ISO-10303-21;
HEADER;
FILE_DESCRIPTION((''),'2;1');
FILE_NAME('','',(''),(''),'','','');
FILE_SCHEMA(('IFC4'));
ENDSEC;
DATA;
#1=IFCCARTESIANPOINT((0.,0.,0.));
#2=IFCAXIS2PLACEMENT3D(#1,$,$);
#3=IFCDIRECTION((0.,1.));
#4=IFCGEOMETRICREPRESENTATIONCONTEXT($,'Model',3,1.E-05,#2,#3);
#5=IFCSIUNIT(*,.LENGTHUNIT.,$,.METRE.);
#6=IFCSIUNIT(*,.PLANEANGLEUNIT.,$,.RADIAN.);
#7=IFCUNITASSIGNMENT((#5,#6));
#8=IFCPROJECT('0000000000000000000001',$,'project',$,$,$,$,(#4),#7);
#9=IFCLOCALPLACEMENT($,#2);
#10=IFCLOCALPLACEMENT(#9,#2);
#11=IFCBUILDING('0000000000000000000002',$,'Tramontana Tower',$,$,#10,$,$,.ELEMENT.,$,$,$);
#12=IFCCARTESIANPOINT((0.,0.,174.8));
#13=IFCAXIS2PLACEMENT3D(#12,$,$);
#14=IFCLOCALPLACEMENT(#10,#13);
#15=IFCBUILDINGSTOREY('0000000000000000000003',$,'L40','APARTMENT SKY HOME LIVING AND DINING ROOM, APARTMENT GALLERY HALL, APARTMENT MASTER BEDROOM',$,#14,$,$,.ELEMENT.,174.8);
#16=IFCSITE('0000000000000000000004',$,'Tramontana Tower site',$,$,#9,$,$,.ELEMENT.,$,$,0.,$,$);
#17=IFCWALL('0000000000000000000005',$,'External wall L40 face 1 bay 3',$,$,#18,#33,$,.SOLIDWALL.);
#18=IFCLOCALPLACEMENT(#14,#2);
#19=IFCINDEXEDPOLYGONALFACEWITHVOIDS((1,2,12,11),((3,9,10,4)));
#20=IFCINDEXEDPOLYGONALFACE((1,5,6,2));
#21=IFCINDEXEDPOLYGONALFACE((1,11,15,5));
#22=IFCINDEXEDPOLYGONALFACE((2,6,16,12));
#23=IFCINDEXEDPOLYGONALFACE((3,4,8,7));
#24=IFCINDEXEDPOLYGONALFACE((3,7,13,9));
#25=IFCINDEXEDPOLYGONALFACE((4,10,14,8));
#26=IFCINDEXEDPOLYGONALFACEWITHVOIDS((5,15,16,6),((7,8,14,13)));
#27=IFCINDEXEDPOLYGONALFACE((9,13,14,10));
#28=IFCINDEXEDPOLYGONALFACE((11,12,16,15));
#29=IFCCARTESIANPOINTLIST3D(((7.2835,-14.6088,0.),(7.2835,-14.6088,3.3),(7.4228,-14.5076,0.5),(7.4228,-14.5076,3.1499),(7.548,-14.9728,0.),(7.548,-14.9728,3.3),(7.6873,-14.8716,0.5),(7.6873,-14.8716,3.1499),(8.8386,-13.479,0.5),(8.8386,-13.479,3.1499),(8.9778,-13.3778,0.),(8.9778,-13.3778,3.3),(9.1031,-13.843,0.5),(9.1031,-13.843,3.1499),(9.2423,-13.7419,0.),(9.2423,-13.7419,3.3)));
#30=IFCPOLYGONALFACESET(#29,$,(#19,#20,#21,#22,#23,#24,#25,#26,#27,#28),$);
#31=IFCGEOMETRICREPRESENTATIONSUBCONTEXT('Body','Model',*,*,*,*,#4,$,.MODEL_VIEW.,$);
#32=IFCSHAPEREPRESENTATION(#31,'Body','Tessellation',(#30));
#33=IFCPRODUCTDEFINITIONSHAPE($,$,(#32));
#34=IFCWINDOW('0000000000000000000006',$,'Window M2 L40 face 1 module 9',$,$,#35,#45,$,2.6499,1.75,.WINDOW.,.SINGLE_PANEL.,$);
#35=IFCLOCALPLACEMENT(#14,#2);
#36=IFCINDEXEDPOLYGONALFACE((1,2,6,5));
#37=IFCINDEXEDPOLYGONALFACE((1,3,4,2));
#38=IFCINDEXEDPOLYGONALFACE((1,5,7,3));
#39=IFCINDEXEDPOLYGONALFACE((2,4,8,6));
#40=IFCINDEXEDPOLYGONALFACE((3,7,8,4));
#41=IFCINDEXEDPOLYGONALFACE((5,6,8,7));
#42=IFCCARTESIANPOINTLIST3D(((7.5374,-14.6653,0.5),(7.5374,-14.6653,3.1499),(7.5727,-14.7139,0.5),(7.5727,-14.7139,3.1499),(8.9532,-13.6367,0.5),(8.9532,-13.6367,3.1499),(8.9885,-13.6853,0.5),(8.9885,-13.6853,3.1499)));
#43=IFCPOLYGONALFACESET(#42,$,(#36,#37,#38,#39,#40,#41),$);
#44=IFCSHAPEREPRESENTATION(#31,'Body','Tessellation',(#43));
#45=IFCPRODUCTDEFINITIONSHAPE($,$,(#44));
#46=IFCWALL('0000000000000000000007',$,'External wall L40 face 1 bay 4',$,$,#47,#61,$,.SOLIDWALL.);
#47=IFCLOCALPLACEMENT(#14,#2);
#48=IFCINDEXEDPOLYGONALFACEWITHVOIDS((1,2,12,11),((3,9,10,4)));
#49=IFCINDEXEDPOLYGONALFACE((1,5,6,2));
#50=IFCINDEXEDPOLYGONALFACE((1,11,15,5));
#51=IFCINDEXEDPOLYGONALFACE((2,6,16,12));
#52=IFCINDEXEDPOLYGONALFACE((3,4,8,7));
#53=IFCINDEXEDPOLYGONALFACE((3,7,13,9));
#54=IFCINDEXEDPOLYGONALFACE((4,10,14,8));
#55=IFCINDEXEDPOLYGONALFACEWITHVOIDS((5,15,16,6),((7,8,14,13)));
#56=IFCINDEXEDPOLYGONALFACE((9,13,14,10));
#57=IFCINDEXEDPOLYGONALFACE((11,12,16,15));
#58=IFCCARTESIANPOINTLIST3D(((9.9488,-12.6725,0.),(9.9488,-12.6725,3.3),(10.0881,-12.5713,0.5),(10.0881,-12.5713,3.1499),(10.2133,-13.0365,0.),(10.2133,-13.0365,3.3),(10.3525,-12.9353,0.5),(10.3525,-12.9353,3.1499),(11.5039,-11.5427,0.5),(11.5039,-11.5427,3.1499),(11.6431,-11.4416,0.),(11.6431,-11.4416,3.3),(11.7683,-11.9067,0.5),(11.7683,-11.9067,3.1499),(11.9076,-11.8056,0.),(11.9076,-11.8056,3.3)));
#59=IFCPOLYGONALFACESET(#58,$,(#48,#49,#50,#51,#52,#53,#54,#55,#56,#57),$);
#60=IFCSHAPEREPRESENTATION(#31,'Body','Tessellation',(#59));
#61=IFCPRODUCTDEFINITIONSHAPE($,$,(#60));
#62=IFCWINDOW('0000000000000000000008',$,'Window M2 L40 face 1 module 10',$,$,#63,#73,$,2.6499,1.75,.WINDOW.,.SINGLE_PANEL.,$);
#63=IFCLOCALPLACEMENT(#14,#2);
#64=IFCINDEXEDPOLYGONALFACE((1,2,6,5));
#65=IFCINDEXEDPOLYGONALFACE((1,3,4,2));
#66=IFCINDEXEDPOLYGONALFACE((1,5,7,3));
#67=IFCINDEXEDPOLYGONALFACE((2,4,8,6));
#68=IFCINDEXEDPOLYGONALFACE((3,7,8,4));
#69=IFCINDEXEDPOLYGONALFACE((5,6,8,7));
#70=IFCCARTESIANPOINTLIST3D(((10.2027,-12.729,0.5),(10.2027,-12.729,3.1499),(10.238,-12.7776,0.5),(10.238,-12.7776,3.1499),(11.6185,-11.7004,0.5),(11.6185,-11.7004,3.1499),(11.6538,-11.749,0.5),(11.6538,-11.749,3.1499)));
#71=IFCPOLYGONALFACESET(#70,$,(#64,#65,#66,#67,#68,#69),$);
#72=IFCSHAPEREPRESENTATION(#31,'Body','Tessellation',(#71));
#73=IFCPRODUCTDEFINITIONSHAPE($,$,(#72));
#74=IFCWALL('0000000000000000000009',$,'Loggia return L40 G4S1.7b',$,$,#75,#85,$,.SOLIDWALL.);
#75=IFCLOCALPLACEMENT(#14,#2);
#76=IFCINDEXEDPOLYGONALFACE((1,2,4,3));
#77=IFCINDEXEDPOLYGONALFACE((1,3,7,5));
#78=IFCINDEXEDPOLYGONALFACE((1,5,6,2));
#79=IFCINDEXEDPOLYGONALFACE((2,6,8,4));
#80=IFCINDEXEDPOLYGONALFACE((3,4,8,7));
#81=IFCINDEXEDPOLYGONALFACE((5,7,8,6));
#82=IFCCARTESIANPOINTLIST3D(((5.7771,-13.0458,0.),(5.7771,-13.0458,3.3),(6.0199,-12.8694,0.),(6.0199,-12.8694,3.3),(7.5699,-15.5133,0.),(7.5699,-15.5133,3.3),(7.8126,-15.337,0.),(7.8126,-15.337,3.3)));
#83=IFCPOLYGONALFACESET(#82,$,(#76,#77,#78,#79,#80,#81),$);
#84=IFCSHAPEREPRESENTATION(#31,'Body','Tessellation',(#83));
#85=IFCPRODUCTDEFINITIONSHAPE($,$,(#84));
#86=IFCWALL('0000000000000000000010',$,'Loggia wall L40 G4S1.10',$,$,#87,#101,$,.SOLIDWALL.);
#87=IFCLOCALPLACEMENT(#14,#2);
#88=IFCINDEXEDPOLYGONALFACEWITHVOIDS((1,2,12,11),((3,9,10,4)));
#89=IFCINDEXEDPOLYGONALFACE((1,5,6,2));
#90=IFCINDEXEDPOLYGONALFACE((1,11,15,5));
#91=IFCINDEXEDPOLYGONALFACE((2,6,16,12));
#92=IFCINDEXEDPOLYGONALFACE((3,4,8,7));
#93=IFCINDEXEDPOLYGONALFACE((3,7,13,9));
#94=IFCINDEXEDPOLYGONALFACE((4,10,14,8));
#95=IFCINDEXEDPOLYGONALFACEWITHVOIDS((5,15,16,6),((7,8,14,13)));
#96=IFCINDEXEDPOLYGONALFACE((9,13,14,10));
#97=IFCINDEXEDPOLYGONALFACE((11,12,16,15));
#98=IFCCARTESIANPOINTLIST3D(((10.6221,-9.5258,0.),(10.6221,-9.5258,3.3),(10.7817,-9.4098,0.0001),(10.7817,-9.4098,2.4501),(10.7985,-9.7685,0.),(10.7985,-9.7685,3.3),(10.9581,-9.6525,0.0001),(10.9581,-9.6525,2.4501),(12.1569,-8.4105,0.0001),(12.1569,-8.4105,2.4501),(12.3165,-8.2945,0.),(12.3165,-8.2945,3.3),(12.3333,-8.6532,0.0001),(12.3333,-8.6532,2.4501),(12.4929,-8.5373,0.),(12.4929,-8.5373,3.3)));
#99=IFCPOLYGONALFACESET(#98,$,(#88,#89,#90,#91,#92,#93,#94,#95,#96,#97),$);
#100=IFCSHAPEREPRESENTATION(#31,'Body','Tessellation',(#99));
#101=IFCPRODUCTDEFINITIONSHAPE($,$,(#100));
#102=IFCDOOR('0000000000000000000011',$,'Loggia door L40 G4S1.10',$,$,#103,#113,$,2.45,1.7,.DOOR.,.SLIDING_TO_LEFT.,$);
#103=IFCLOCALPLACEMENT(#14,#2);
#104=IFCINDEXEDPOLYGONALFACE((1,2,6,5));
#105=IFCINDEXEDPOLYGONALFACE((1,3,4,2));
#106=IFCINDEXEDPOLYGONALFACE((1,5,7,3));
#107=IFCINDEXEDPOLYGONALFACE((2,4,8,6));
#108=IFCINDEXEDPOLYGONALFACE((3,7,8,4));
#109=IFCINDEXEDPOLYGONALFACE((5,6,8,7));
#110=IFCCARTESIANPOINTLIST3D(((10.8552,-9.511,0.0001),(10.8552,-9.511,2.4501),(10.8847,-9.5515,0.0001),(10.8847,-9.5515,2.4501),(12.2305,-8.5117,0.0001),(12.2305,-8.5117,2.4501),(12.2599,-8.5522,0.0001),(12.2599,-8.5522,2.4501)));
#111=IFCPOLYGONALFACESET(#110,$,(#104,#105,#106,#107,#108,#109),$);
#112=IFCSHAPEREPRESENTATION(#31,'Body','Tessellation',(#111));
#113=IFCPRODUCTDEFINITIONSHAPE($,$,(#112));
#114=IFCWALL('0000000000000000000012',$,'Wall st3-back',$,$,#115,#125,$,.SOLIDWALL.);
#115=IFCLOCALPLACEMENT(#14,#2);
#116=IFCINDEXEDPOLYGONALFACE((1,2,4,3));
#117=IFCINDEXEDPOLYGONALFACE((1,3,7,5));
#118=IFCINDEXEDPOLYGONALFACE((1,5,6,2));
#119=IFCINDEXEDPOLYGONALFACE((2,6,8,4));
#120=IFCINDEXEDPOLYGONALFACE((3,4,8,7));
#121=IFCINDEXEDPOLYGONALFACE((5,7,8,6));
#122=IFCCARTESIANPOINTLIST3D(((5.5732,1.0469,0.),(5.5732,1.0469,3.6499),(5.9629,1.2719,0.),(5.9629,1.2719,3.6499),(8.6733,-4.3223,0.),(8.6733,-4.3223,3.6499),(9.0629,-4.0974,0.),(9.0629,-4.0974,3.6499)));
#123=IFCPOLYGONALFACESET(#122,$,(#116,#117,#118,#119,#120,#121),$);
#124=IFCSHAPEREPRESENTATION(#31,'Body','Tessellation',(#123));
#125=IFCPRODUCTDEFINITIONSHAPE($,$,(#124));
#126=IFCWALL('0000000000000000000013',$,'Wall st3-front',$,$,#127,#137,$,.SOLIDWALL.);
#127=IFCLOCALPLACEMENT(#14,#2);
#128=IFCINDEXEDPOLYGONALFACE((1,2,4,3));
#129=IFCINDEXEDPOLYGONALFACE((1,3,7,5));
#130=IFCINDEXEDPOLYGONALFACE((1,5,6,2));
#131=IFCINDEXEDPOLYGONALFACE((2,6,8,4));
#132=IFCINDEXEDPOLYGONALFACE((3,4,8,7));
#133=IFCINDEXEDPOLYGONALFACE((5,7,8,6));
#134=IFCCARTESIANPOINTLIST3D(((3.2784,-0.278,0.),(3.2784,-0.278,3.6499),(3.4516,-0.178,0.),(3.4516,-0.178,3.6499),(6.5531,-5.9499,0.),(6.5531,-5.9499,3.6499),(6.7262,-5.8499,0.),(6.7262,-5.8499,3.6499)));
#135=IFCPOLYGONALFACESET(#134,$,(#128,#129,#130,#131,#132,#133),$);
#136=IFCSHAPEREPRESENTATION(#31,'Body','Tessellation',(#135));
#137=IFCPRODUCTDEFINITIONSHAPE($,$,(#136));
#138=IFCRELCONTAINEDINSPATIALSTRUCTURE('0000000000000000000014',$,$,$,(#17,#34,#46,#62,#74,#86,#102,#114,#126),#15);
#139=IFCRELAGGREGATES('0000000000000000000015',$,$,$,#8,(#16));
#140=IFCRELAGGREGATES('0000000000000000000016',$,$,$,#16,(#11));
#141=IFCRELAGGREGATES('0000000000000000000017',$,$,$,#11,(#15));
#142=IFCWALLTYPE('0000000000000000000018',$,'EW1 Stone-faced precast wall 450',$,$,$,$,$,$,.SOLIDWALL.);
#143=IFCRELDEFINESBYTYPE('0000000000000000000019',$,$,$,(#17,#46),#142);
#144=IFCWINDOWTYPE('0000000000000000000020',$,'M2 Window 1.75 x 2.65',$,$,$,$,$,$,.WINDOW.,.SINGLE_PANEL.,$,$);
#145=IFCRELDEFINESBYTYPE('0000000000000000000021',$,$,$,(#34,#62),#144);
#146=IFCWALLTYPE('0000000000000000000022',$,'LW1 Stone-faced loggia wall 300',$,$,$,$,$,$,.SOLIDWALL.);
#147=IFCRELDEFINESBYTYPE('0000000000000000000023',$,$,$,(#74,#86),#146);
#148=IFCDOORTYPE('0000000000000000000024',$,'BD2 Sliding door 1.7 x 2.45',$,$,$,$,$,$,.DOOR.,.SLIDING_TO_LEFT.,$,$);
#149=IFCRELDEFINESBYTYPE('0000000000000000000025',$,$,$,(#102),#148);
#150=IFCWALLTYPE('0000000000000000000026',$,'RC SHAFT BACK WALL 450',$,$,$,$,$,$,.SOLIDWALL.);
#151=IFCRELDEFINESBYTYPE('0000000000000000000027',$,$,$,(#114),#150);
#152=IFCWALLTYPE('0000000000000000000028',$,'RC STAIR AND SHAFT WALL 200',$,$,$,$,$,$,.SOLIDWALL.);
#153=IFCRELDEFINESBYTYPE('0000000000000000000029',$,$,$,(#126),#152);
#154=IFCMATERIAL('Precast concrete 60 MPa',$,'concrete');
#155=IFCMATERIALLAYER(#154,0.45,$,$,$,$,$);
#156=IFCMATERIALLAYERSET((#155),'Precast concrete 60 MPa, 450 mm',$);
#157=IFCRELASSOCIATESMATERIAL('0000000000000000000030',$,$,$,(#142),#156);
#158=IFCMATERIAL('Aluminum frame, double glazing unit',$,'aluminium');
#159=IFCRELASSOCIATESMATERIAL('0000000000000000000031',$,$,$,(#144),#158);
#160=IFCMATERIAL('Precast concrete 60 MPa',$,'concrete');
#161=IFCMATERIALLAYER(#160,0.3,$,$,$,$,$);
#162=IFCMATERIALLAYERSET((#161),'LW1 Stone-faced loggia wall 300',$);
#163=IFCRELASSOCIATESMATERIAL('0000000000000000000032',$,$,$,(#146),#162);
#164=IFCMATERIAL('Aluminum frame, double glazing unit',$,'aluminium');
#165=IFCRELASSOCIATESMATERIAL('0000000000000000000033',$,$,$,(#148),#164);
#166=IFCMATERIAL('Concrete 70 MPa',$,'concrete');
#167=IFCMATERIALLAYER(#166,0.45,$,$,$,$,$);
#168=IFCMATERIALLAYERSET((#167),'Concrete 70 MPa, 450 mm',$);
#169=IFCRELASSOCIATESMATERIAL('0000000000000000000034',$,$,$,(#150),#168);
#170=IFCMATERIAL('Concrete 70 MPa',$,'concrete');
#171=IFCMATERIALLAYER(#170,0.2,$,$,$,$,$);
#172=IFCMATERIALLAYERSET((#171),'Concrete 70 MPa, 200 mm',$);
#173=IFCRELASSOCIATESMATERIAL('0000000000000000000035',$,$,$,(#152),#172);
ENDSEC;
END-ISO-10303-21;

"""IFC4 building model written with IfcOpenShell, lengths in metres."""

from ifc_helpers import new_model, si_unit, direction, frame, frame_2d, origin, place, context, subcontext, project, spatial, rectangle, extrude, material, layer, layer_set, type_object, element, fill, save


model = new_model("IFC4")

# Units and contexts
model_context = context("Model", 3, precision=1e-05, world=origin(), true_north=direction((0.0, 1.0)))
body_context = subcontext(model_context, "Body", "Model", "MODEL_VIEW")
ifc_project = project(units=[si_unit("LENGTHUNIT", "METRE"), si_unit("PLANEANGLEUNIT", "RADIAN")], contexts=[model_context])

# Site, building, storey
site_placement = place(None, origin())
site = spatial("IfcSite", under=ifc_project, at=site_placement, Name="Tramontana Tower site", CompositionType="ELEMENT", RefElevation=0.0)
building_placement = place(site_placement, origin())
building = spatial("IfcBuilding", under=site, at=building_placement, Name="Tramontana Tower", CompositionType="ELEMENT")
storey_placement = place(building_placement, frame((0.0, 0.0, 174.8)))
storey = spatial("IfcBuildingStorey", under=building, at=storey_placement, Name="L40", Description="APARTMENT SKY HOME LIVING AND DINING ROOM, APARTMENT GALLERY HALL, APARTMENT MASTER BEDROOM", CompositionType="ELEMENT", Elevation=174.8)

# Walls, openings, windows
ifc_material_1 = material(Name="Precast concrete 60 MPa", Category="concrete")
ifc_layer_1 = layer(ifc_material_1, 0.45)
ifc_layer_set_1 = layer_set([ifc_layer_1], Name="Precast concrete 60 MPa, 450 mm")
wall_type_1 = type_object("IfcWallType", Name="EW1 Stone-faced precast wall 450", PredefinedType="SOLIDWALL", material=ifc_layer_set_1)
wall_1_placement = place(storey_placement, frame((7.4158, -14.7908, 0.0), z_axis=(0.0, 0.0, 1.0), x_axis=(0.809028, 0.58777, 0.0)))
wall_1 = element("IfcWall", 1, at=wall_1_placement, inside=storey, type_object=wall_type_1, Name="External wall L40 face 1 bay 3", PredefinedType="SOLIDWALL", context=body_context, shape_type="SweptSolid", body=[
    extrude(rectangle(XDim=2.0942, YDim=0.45, at=frame_2d((1.0471, 0.0))), origin(), (0.0, 0.0, 1.0), 3.3),
])
opening_1_placement = place(wall_1_placement, frame((0.1721, 0.0, 0.5)))
opening_1 = element("IfcOpeningElement", 2, at=opening_1_placement, cuts=wall_1, PredefinedType="OPENING", context=body_context, shape_type="SweptSolid", body=[
    extrude(rectangle(XDim=1.75, YDim=2.6499, at=frame_2d((0.875, 1.325))), frame((0.0, 0.2349, 0.0), z_axis=(0.0, -1.0, 0.0), x_axis=(1.0, 0.0, 0.0)), (0.0, 0.0, 1.0), 0.47),
])
ifc_material_2 = material(Name="Aluminum frame, double glazing unit", Category="aluminium")
window_type = type_object("IfcWindowType", Name="M2 Window 1.75 x 2.65", PartitioningType="SINGLE_PANEL", PredefinedType="WINDOW", material=ifc_material_2)
window_1_placement = place(opening_1_placement, origin())
window_1 = element("IfcWindow", 3, at=window_1_placement, inside=storey, type_object=window_type, Name="Window M2 L40 face 1 module 9", OverallHeight=2.6499, OverallWidth=1.75, PartitioningType="SINGLE_PANEL", PredefinedType="WINDOW", context=body_context, shape_type="SweptSolid", body=[
    extrude(rectangle(XDim=1.75, YDim=2.6499, at=frame_2d((0.875, 1.325))), frame((0.0, 0.03, 0.0), z_axis=(0.0, -1.0, 0.0), x_axis=(1.0, 0.0, 0.0)), (0.0, 0.0, 1.0), 0.0601),
])
fill(opening_1, window_1)
wall_2_placement = place(storey_placement, frame((10.0811, -12.8545, 0.0), z_axis=(0.0, 0.0, 1.0), x_axis=(0.809028, 0.58777, 0.0)))
wall_2 = element("IfcWall", 4, at=wall_2_placement, inside=storey, type_object=wall_type_1, Name="External wall L40 face 1 bay 4", PredefinedType="SOLIDWALL", context=body_context, shape_type="SweptSolid", body=[
    extrude(rectangle(XDim=2.0942, YDim=0.45, at=frame_2d((1.0471, 0.0))), origin(), (0.0, 0.0, 1.0), 3.3),
])
opening_2_placement = place(wall_2_placement, frame((0.1721, 0.0, 0.5)))
opening_2 = element("IfcOpeningElement", 5, at=opening_2_placement, cuts=wall_2, PredefinedType="OPENING", context=body_context, shape_type="SweptSolid", body=[
    extrude(rectangle(XDim=1.75, YDim=2.6499, at=frame_2d((0.875, 1.325))), frame((0.0, 0.2349, 0.0), z_axis=(0.0, -1.0, 0.0), x_axis=(1.0, 0.0, 0.0)), (0.0, 0.0, 1.0), 0.47),
])
window_2_placement = place(opening_2_placement, origin())
window_2 = element("IfcWindow", 6, at=window_2_placement, inside=storey, type_object=window_type, Name="Window M2 L40 face 1 module 10", OverallHeight=2.6499, OverallWidth=1.75, PartitioningType="SINGLE_PANEL", PredefinedType="WINDOW", context=body_context, shape_type="SweptSolid", body=[
    extrude(rectangle(XDim=1.75, YDim=2.6499, at=frame_2d((0.875, 1.325))), frame((0.0, 0.03, 0.0), z_axis=(0.0, -1.0, 0.0), x_axis=(1.0, 0.0, 0.0)), (0.0, 0.0, 1.0), 0.0601),
])
fill(opening_2, window_2)

# Wall
ifc_material_3 = material(Name="Precast concrete 60 MPa", Category="concrete")
ifc_layer_2 = layer(ifc_material_3, 0.3)
ifc_layer_set_2 = layer_set([ifc_layer_2], Name="LW1 Stone-faced loggia wall 300")
wall_type_2 = type_object("IfcWallType", Name="LW1 Stone-faced loggia wall 300", PredefinedType="SOLIDWALL", material=ifc_layer_set_2)
wall_3_placement = place(storey_placement, frame((7.6912, -15.425, 0.0), z_axis=(0.0, 0.0, 1.0), x_axis=(-0.587777, 0.809023, 0.0)))
element("IfcWall", 7, at=wall_3_placement, inside=storey, type_object=wall_type_2, Name="Loggia return L40 G4S1.7b", PredefinedType="SOLIDWALL", context=body_context, shape_type="SweptSolid", body=[
    extrude(rectangle(XDim=3.05, YDim=0.3, at=frame_2d((1.5249, 0.0))), origin(), (0.0, 0.0, 1.0), 3.3),
])

# Wall, opening, door
wall_4_placement = place(storey_placement, frame((10.7102, -9.6472, 0.0), z_axis=(0.0, 0.0, 1.0), x_axis=(0.808973, 0.587846, 0.0)))
wall_4 = element("IfcWall", 8, at=wall_4_placement, inside=storey, type_object=wall_type_2, Name="Loggia wall L40 G4S1.10", PredefinedType="SOLIDWALL", context=body_context, shape_type="SweptSolid", body=[
    extrude(rectangle(XDim=2.0945, YDim=0.3, at=frame_2d((1.0474, 0.0))), origin(), (0.0, 0.0, 1.0), 3.3),
])
opening_3_placement = place(wall_4_placement, frame((0.1973, 0.0, 0.0)))
opening_3 = element("IfcOpeningElement", 9, at=opening_3_placement, cuts=wall_4, PredefinedType="OPENING", context=body_context, shape_type="SweptSolid", body=[
    extrude(rectangle(XDim=1.7, YDim=2.45, at=frame_2d((0.8501, 1.2251))), frame((0.0, 0.1599, 0.0), z_axis=(0.0, -1.0, 0.0), x_axis=(1.0, 0.0, 0.0)), (0.0, 0.0, 1.0), 0.3201),
])
ifc_material_4 = material(Name="Aluminum frame, double glazing unit", Category="aluminium")
door_type_1 = type_object("IfcDoorType", Name="BD2 Sliding door 1.7 x 2.45", OperationType="SLIDING_TO_LEFT", PredefinedType="DOOR", material=ifc_material_4)
door_1_placement = place(opening_3_placement, origin())
door_1 = element("IfcDoor", 10, at=door_1_placement, inside=storey, type_object=door_type_1, Name="Loggia door L40 G4S1.10", OperationType="SLIDING_TO_LEFT", OverallHeight=2.45, OverallWidth=1.7, PredefinedType="DOOR", context=body_context, shape_type="SweptSolid", body=[
    extrude(rectangle(XDim=1.7, YDim=2.45, at=frame_2d((0.8501, 1.2251))), frame((0.0, 0.0249, 0.0), z_axis=(0.0, -1.0, 0.0), x_axis=(1.0, 0.0, 0.0)), (0.0, 0.0, 1.0), 0.05),
])
fill(opening_3, door_1)

# Walls
ifc_material_5 = material(Name="Concrete 70 MPa", Category="concrete")
ifc_layer_3 = layer(ifc_material_5, 0.45)
ifc_layer_set_3 = layer_set([ifc_layer_3], Name="Concrete 70 MPa, 450 mm")
wall_type_3 = type_object("IfcWallType", Name="RC SHAFT BACK WALL 450", PredefinedType="SOLIDWALL", material=ifc_layer_set_3)
wall_5_placement = place(storey_placement, frame((8.8682, -4.21, 0.0), z_axis=(0.0, 0.0, 1.0), x_axis=(-0.50001, 0.86602, 0.0)))
element("IfcWall", 11, at=wall_5_placement, inside=storey, type_object=wall_type_3, Name="Wall st3-back", PredefinedType="SOLIDWALL", context=body_context, shape_type="SweptSolid", body=[
    extrude(rectangle(XDim=6.2, YDim=0.45, at=frame_2d((3.1001, 0.0))), origin(), (0.0, 0.0, 1.0), 3.6499),
])
ifc_material_6 = material(Name="Concrete 70 MPa", Category="concrete")
ifc_layer_4 = layer(ifc_material_6, 0.2)
ifc_layer_set_4 = layer_set([ifc_layer_4], Name="Concrete 70 MPa, 200 mm")
wall_type_4 = type_object("IfcWallType", Name="RC STAIR AND SHAFT WALL 200", PredefinedType="SOLIDWALL", material=ifc_layer_set_4)
wall_6_placement = place(storey_placement, frame((6.6396, -5.8999, 0.0), z_axis=(0.0, 0.0, 1.0), x_axis=(-0.5, 0.866025, 0.0)))
element("IfcWall", 12, at=wall_6_placement, inside=storey, type_object=wall_type_4, Name="Wall st3-front", PredefinedType="SOLIDWALL", context=body_context, shape_type="SweptSolid", body=[
    extrude(rectangle(XDim=6.5493, YDim=0.2, at=frame_2d((3.2747, 0.0))), origin(), (0.0, 0.0, 1.0), 3.6499),
])

save(model, "model.ifc")
